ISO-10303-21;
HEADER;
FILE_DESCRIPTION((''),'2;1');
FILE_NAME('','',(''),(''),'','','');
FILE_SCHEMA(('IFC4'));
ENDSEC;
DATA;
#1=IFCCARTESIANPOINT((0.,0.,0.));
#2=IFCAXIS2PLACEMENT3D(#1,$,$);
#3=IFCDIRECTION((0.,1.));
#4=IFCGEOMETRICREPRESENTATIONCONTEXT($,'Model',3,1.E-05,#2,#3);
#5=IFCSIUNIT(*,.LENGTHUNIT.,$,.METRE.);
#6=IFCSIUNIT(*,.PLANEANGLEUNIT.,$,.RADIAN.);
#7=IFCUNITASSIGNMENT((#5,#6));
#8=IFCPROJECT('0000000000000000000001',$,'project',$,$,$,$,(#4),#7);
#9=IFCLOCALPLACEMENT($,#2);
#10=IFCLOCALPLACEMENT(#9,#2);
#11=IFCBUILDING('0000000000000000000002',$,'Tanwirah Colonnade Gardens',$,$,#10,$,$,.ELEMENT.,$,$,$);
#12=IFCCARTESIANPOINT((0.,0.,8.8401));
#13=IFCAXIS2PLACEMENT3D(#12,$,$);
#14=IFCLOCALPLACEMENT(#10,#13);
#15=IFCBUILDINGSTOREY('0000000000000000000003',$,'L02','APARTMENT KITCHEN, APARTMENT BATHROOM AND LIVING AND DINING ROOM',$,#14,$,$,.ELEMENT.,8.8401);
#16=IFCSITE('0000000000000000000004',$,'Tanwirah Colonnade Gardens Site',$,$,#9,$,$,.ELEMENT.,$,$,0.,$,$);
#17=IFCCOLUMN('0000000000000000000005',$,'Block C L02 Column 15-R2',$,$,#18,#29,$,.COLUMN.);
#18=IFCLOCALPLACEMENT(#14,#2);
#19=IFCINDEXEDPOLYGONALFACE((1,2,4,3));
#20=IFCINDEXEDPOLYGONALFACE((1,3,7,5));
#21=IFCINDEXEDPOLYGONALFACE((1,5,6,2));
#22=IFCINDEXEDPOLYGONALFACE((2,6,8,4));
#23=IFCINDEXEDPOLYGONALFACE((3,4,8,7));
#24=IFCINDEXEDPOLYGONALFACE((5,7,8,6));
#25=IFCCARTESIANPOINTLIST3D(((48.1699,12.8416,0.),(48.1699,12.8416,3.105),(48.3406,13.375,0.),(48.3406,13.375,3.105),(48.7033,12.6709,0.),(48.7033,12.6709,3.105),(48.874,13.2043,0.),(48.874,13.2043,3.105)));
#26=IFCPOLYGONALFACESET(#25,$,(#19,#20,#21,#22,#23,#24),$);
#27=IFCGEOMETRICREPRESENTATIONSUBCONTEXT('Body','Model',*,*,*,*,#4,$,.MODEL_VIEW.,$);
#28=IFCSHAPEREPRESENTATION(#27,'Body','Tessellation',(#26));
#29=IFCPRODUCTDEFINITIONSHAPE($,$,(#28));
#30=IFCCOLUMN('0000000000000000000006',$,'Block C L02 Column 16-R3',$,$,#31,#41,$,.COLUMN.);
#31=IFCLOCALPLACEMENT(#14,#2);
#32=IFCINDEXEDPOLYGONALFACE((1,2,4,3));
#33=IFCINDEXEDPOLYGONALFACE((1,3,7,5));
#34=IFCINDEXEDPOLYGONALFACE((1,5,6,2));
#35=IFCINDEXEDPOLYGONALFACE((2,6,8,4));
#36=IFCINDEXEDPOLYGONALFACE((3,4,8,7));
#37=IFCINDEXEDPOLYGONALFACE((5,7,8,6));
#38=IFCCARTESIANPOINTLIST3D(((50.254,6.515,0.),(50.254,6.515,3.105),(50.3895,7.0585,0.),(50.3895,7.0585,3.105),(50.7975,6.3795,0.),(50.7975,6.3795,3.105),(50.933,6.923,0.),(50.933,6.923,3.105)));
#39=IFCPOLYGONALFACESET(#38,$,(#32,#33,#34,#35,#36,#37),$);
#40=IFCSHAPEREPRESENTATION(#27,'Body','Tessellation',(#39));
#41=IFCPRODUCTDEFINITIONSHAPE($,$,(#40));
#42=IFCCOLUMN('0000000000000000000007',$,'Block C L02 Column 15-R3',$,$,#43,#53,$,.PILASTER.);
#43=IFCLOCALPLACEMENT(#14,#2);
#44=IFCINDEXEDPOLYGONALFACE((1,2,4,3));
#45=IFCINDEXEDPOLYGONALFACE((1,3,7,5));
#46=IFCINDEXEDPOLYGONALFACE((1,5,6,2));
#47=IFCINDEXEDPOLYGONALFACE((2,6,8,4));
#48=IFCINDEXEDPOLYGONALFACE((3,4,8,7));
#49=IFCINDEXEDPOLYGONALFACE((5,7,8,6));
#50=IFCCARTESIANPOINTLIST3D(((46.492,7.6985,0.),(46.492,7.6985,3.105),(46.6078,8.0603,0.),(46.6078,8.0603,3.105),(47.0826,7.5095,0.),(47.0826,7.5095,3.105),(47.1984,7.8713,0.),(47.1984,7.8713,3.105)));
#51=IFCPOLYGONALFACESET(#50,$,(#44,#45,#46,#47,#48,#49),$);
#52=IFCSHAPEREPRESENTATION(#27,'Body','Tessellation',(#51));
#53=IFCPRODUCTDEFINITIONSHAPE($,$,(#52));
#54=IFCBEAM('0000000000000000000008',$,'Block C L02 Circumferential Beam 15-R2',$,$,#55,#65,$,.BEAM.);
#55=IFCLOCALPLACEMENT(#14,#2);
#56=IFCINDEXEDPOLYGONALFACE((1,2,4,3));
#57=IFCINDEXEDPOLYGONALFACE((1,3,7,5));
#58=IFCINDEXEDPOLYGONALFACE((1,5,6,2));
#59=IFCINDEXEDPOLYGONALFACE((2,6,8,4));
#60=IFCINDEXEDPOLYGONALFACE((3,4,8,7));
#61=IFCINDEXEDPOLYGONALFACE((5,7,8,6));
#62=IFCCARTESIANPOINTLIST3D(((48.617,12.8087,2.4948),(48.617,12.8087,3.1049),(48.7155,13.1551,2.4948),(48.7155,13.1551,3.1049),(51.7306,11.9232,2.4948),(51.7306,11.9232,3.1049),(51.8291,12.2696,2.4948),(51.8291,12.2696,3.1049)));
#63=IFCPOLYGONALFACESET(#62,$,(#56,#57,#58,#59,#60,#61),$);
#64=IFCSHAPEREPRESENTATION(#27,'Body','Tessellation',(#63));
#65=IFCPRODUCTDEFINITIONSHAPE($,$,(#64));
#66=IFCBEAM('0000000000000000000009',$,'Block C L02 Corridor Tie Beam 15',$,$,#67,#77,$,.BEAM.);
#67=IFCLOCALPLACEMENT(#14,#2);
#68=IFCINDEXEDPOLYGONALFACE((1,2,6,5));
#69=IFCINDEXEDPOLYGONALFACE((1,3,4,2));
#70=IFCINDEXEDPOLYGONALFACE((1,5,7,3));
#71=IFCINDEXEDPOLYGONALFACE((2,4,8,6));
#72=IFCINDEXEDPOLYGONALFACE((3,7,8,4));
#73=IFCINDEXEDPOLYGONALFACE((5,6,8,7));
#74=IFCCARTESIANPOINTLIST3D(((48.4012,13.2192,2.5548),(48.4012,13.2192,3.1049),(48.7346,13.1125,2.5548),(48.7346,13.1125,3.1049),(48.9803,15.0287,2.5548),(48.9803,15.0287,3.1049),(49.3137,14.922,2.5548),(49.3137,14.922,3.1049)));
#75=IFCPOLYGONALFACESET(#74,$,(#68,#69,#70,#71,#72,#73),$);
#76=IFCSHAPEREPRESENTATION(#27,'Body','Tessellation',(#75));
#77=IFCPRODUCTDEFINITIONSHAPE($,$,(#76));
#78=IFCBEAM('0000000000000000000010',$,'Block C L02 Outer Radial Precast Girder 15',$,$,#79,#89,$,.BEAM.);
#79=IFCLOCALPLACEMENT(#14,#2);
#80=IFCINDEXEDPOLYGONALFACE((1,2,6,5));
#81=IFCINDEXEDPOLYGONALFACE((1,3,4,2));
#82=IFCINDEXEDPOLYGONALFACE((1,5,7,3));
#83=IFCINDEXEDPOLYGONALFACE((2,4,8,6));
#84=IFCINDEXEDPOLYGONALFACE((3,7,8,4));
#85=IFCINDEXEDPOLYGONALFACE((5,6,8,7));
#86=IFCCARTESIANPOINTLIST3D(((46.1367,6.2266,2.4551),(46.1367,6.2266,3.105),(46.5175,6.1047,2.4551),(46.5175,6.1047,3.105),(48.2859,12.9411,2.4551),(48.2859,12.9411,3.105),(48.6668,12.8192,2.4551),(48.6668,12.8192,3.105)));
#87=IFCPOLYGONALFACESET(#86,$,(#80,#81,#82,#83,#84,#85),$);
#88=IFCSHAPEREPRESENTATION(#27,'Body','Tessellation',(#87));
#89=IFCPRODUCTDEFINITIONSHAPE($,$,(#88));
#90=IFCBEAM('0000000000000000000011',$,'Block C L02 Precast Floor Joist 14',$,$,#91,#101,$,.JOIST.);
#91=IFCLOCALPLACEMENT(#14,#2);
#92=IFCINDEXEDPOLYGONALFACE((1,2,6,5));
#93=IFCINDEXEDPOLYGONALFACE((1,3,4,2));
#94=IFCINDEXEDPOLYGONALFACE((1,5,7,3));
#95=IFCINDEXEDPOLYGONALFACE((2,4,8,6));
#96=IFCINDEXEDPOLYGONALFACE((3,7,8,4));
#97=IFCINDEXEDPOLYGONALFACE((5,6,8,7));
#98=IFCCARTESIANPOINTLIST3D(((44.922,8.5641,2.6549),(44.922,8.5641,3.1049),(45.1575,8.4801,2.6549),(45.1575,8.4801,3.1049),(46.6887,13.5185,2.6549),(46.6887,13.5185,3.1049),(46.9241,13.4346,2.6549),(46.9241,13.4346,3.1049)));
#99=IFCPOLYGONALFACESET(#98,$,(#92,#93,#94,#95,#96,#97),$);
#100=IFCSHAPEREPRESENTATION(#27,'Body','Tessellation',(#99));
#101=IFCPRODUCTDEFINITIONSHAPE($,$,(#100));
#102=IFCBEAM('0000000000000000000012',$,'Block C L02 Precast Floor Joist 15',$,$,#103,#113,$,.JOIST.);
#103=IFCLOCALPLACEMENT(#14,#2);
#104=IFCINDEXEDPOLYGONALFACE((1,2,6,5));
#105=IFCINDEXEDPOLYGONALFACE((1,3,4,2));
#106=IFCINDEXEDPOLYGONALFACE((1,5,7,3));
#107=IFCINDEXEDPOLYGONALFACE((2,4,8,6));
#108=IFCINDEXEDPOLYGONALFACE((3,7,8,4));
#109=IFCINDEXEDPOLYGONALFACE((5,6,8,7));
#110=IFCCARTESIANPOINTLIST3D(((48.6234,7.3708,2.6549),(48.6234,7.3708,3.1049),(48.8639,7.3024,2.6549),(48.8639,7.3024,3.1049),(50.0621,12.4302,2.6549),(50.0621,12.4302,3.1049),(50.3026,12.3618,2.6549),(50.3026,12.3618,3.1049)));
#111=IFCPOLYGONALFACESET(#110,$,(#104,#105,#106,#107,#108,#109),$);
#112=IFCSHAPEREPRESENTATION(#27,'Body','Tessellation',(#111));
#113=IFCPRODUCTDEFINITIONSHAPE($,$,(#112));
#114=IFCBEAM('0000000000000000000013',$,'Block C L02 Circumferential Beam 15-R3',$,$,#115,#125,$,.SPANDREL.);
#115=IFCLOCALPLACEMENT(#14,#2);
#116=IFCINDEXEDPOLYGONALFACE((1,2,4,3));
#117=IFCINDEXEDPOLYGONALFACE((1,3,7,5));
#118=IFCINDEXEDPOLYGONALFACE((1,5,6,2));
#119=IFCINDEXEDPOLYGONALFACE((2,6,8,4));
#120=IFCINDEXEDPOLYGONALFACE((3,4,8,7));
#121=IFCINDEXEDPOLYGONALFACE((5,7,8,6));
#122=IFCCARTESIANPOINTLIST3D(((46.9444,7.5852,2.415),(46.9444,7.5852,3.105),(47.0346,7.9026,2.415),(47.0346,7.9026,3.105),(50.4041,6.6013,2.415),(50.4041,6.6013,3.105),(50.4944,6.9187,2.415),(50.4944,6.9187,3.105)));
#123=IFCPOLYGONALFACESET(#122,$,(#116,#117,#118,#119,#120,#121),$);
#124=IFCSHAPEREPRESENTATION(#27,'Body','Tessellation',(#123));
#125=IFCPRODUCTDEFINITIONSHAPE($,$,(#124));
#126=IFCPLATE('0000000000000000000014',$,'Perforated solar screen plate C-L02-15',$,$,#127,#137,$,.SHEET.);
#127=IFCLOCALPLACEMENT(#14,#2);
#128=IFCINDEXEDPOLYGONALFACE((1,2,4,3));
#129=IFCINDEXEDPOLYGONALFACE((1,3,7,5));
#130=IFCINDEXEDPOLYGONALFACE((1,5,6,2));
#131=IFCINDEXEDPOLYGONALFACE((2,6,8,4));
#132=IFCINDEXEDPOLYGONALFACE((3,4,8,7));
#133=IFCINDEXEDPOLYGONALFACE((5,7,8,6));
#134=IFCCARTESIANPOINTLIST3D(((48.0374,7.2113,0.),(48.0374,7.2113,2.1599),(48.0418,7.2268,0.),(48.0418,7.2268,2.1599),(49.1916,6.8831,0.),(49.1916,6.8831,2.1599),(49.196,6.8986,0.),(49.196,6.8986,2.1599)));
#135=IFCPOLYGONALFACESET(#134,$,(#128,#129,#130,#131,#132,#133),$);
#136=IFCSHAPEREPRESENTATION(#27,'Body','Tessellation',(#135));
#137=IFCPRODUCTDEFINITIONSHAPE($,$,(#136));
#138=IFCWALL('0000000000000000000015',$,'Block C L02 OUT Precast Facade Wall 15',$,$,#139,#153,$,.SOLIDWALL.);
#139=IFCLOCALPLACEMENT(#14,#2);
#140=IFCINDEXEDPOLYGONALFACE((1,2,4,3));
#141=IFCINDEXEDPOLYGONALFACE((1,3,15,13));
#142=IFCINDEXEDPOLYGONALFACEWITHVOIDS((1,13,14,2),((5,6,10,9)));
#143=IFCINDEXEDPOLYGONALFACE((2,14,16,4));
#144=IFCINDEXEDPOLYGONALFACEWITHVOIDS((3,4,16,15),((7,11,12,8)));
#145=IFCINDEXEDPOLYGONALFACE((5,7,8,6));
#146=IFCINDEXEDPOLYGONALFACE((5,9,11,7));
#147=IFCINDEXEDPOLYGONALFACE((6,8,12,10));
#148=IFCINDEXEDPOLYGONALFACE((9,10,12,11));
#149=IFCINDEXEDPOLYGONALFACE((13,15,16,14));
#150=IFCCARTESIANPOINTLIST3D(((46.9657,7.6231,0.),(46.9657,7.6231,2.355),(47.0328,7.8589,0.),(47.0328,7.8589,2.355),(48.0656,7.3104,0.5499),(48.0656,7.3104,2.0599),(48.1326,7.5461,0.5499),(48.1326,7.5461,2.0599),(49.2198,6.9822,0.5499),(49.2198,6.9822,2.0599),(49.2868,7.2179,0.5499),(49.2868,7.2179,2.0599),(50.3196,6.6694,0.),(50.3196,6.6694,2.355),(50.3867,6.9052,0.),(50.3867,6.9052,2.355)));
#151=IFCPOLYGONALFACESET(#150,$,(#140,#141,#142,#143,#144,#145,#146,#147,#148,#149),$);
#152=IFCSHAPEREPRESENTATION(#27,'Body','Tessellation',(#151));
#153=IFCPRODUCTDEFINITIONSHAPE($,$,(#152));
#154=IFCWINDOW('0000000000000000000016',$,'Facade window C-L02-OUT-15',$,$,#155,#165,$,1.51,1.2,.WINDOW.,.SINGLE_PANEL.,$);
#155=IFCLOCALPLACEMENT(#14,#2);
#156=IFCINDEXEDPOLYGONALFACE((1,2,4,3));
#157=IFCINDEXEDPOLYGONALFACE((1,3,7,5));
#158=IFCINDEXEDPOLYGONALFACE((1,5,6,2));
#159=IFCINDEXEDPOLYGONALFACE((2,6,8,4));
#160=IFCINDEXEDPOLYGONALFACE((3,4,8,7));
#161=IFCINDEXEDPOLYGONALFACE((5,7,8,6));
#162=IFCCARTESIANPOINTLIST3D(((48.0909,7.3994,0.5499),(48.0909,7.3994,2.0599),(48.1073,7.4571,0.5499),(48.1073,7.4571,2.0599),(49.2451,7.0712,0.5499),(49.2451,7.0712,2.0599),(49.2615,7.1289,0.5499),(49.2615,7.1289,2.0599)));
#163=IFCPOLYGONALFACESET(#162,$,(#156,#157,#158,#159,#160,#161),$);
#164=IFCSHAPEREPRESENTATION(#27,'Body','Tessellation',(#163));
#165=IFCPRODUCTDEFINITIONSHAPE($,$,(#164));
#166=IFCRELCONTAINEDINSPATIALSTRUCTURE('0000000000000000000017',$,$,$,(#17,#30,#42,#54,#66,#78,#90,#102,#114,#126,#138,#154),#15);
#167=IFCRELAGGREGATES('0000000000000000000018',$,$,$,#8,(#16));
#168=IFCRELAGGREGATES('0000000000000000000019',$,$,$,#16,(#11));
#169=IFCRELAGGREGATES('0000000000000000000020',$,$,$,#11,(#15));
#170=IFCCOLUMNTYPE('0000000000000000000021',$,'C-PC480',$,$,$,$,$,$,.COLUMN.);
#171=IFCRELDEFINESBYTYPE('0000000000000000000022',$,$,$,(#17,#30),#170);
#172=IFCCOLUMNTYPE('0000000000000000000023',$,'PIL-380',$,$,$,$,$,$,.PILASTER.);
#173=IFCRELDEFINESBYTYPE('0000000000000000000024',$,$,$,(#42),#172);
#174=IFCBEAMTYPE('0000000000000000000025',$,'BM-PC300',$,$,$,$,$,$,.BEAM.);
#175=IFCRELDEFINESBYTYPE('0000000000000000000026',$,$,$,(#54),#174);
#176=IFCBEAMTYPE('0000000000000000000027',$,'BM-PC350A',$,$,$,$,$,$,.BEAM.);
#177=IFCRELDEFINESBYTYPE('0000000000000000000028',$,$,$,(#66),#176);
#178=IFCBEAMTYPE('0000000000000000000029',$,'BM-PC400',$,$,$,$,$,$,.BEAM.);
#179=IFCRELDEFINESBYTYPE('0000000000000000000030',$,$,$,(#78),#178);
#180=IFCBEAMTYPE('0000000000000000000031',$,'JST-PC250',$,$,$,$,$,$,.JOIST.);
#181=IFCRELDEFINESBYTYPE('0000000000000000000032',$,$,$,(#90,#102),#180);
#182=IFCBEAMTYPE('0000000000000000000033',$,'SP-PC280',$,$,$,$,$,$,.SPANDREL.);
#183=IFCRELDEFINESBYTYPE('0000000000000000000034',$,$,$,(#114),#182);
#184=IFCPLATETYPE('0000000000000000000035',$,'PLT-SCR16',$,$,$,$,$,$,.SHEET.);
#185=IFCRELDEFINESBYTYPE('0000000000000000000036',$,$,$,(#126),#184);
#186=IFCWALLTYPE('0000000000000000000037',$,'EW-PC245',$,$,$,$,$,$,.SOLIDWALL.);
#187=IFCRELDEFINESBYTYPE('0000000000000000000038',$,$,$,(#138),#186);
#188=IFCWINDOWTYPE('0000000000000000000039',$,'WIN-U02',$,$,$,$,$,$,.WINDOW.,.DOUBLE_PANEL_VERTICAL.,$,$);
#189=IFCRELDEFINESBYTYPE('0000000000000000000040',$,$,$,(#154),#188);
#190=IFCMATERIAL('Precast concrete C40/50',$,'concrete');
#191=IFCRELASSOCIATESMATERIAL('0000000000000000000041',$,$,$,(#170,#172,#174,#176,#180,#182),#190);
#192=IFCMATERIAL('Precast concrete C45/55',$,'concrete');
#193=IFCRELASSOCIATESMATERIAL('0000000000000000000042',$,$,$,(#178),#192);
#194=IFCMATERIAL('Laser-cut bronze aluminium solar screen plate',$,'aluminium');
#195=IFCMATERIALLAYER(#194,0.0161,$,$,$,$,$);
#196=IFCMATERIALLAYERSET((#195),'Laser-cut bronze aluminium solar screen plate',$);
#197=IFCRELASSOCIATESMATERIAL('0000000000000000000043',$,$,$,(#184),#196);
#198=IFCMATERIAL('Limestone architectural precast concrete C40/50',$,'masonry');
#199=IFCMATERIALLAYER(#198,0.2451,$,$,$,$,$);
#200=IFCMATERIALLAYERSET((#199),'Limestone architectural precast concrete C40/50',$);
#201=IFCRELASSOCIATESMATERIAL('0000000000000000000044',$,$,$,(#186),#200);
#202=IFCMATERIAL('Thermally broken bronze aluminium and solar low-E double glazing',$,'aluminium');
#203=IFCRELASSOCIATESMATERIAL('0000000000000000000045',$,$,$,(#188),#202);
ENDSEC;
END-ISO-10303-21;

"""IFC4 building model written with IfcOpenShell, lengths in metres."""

from ifc_helpers import new_model, si_unit, direction, frame, frame_2d, origin, origin_2d, place, context, subcontext, project, spatial, rectangle, extrude, material, layer, layer_set, material_profile, profile_set, type_object, element, fill, save


model = new_model("IFC4")

# Units and contexts
model_context = context("Model", 3, precision=1e-05, world=origin(), true_north=direction((0.0, 1.0)))
body_context = subcontext(model_context, "Body", "Model", "MODEL_VIEW")
ifc_project = project(units=[si_unit("LENGTHUNIT", "METRE"), si_unit("PLANEANGLEUNIT", "RADIAN")], contexts=[model_context])

# Site, building, storey
site_placement = place(None, origin())
site = spatial("IfcSite", under=ifc_project, at=site_placement, Name="Tanwirah Colonnade Gardens Site", CompositionType="ELEMENT", RefElevation=0.0)
building_placement = place(site_placement, origin())
building = spatial("IfcBuilding", under=site, at=building_placement, Name="Tanwirah Colonnade Gardens", CompositionType="ELEMENT")
storey_placement = place(building_placement, frame((0.0, 0.0, 8.8401)))
storey = spatial("IfcBuildingStorey", under=building, at=storey_placement, Name="L02", Description="APARTMENT KITCHEN, APARTMENT BATHROOM AND LIVING AND DINING ROOM", CompositionType="ELEMENT", Elevation=8.8401)

# Columns
ifc_material_1 = material(Name="Precast concrete C40/50", Category="concrete")
ifc_material_profile_1 = material_profile(ifc_material_1, rectangle(XDim=0.5601, YDim=0.5601, at=origin_2d()), Name="PC-COL 560x560")
ifc_profile_set_1 = profile_set([ifc_material_profile_1], Name="Precast concrete C40/50")
column_type_1 = type_object("IfcColumnType", Name="C-PC480", PredefinedType="COLUMN", material=ifc_profile_set_1)
for number, where, z_axis, x_axis, name in (
    (1, (48.522, 13.0229, 0.0), (0.0, 0.0, 1.0), (-0.304864, -0.952396, 0.0), "Block C L02 Column 15-R2"),
    (2, (50.5935, 6.719, 0.0), (0.0, 0.0, 1.0), (-0.241922, -0.970296, 0.0), "Block C L02 Column 16-R3"),
):
    element("IfcColumn", number, at=place(storey_placement, frame(where, z_axis=z_axis, x_axis=x_axis)), inside=storey, type_object=column_type_1, Name=name, PredefinedType="COLUMN", context=body_context, shape_type="SweptSolid", body=[
        extrude(rectangle(XDim=0.5601, YDim=0.5601, at=origin_2d()), origin(), (0.0, 0.0, 1.0), 3.105),
    ])
ifc_material_profile_2 = material_profile(ifc_material_1, rectangle(XDim=0.3799, YDim=0.6201, at=origin_2d()), Name="PC-PIL 380x620")
ifc_profile_set_2 = profile_set([ifc_material_profile_2], Name="Precast concrete C40/50")
column_type_2 = type_object("IfcColumnType", Name="PIL-380", PredefinedType="PILASTER", material=ifc_profile_set_2)
column_placement = place(storey_placement, frame((46.8452, 7.7849, 0.0), z_axis=(0.0, 0.0, 1.0), x_axis=(-0.304864, -0.952396, 0.0)))
element("IfcColumn", 3, at=column_placement, inside=storey, type_object=column_type_2, Name="Block C L02 Column 15-R3", PredefinedType="PILASTER", context=body_context, shape_type="SweptSolid", body=[
    extrude(rectangle(XDim=0.3799, YDim=0.6201, at=origin_2d()), origin(), (0.0, 0.0, 1.0), 3.105),
])

# Beams
ifc_material_profile_3 = material_profile(ifc_material_1, rectangle(XDim=0.3601, YDim=0.6101, at=origin_2d()), Name="PC-BM 360x610")
ifc_profile_set_3 = profile_set([ifc_material_profile_3], Name="Precast concrete C40/50")
beam_type_1 = type_object("IfcBeamType", Name="BM-PC300", PredefinedType="BEAM", material=ifc_profile_set_3)
beam_1_placement = place(storey_placement, frame((48.6663, 12.9819, 2.7998), z_axis=(0.961856, -0.273555, 0.0), x_axis=(0.273555, 0.961856, 0.0)))
element("IfcBeam", 4, at=beam_1_placement, inside=storey, type_object=beam_type_1, Name="Block C L02 Circumferential Beam 15-R2", PredefinedType="BEAM", context=body_context, shape_type="SweptSolid", body=[
    extrude(rectangle(XDim=0.3601, YDim=0.6101, at=origin_2d()), origin(), (0.0, 0.0, 1.0), 3.2371),
])
ifc_material_profile_4 = material_profile(ifc_material_1, rectangle(XDim=0.3501, YDim=0.55, at=origin_2d()), Name="PC-BM 350x550")
ifc_profile_set_4 = profile_set([ifc_material_profile_4], Name="Precast concrete C40/50")
beam_type_2 = type_object("IfcBeamType", Name="BM-PC350A", PredefinedType="BEAM", material=ifc_profile_set_4)
beam_2_placement = place(storey_placement, frame((49.147, 14.9753, 2.8298), z_axis=(-0.304794, -0.952418, 0.0), x_axis=(0.952418, -0.304794, 0.0)))
element("IfcBeam", 5, at=beam_2_placement, inside=storey, type_object=beam_type_2, Name="Block C L02 Corridor Tie Beam 15", PredefinedType="BEAM", context=body_context, shape_type="SweptSolid", body=[
    extrude(rectangle(XDim=0.3501, YDim=0.55, at=origin_2d()), origin(), (0.0, 0.0, 1.0), 1.8999),
])
ifc_material_2 = material(Name="Precast concrete C45/55", Category="concrete")
ifc_material_profile_5 = material_profile(ifc_material_2, rectangle(XDim=0.3999, YDim=0.6499, at=origin_2d()), Name="PC-BM 400x650")
ifc_profile_set_5 = profile_set([ifc_material_profile_5], Name="Precast concrete C45/55")
beam_type_3 = type_object("IfcBeamType", Name="BM-PC400", PredefinedType="BEAM", material=ifc_profile_set_5)
beam_3_placement = place(storey_placement, frame((48.4763, 12.8801, 2.78), z_axis=(-0.30485, -0.9524, 0.0), x_axis=(0.9524, -0.30485, 0.0)))
element("IfcBeam", 6, at=beam_3_placement, inside=storey, type_object=beam_type_3, Name="Block C L02 Outer Radial Precast Girder 15", PredefinedType="BEAM", context=body_context, shape_type="SweptSolid", body=[
    extrude(rectangle(XDim=0.3999, YDim=0.6499, at=origin_2d()), origin(), (0.0, 0.0, 1.0), 7.05),
])
ifc_material_profile_6 = material_profile(ifc_material_1, rectangle(XDim=0.25, YDim=0.45, at=origin_2d()), Name="PC-JST 250x450")
ifc_profile_set_6 = profile_set([ifc_material_profile_6], Name="Precast concrete C40/50")
beam_type_4 = type_object("IfcBeamType", Name="JST-PC250", PredefinedType="JOIST", material=ifc_profile_set_6)
for number, where, z_axis, x_axis, name in (
    (7, (46.8064, 13.4766, 2.8799), (-0.335863, -0.941911, 0.0), (0.941911, -0.335863, 0.0), "Block C L02 Precast Floor Joist 14"),
    (8, (50.1824, 12.396, 2.8799), (-0.273526, -0.961865, 0.0), (0.961865, -0.273526, 0.0), "Block C L02 Precast Floor Joist 15"),
):
    element("IfcBeam", number, at=place(storey_placement, frame(where, z_axis=z_axis, x_axis=x_axis)), inside=storey, type_object=beam_type_4, Name=name, PredefinedType="JOIST", context=body_context, shape_type="SweptSolid", body=[
        extrude(rectangle(XDim=0.25, YDim=0.45, at=origin_2d()), origin(), (0.0, 0.0, 1.0), 5.26),
    ])
ifc_material_profile_7 = material_profile(ifc_material_1, rectangle(XDim=0.3301, YDim=0.6899, at=origin_2d()), Name="PC-SP 330x690")
ifc_profile_set_7 = profile_set([ifc_material_profile_7], Name="Precast concrete C40/50")
beam_type_5 = type_object("IfcBeamType", Name="SP-PC280", PredefinedType="SPANDREL", material=ifc_profile_set_7)
beam_4_placement = place(storey_placement, frame((46.9895, 7.7439, 2.76), z_axis=(0.961861, -0.273538, 0.0), x_axis=(0.273538, 0.961861, 0.0)))
element("IfcBeam", 9, at=beam_4_placement, inside=storey, type_object=beam_type_5, Name="Block C L02 Circumferential Beam 15-R3", PredefinedType="SPANDREL", context=body_context, shape_type="SweptSolid", body=[
    extrude(rectangle(XDim=0.3301, YDim=0.6899, at=origin_2d()), origin(), (0.0, 0.0, 1.0), 3.5969),
])

# Plate
ifc_material_3 = material(Name="Laser-cut bronze aluminium solar screen plate", Category="aluminium")
ifc_layer_1 = layer(ifc_material_3, 0.0161)
ifc_layer_set_1 = layer_set([ifc_layer_1], Name="Laser-cut bronze aluminium solar screen plate")
plate_type = type_object("IfcPlateType", Name="PLT-SCR16", PredefinedType="SHEET", material=ifc_layer_set_1)
plate_placement = place(storey_placement, frame((48.6167, 7.0549, 0.0), z_axis=(0.0, 0.0, 1.0), x_axis=(0.961861, -0.273539, 0.0)))
element("IfcPlate", 10, at=plate_placement, inside=storey, type_object=plate_type, Name="Perforated solar screen plate C-L02-15", PredefinedType="SHEET", context=body_context, shape_type="SweptSolid", body=[
    extrude(rectangle(XDim=1.2, YDim=0.0161, at=origin_2d()), origin(), (0.0, 0.0, 1.0), 2.1599),
])

# Wall, opening, window
ifc_material_4 = material(Name="Limestone architectural precast concrete C40/50", Category="masonry")
ifc_layer_2 = layer(ifc_material_4, 0.2451)
ifc_layer_set_2 = layer_set([ifc_layer_2], Name="Limestone architectural precast concrete C40/50")
wall_type_1 = type_object("IfcWallType", Name="EW-PC245", PredefinedType="SOLIDWALL", material=ifc_layer_set_2)
wall_1_placement = place(storey_placement, frame((46.9993, 7.741, 0.0), z_axis=(0.0, 0.0, 1.0), x_axis=(0.961872, -0.2735, 0.0)))
wall_1 = element("IfcWall", 11, at=wall_1_placement, inside=storey, type_object=wall_type_1, Name="Block C L02 OUT Precast Facade Wall 15", PredefinedType="SOLIDWALL", context=body_context, shape_type="SweptSolid", body=[
    extrude(rectangle(XDim=3.4868, YDim=0.2451, at=frame_2d((1.7434, 0.0))), origin(), (0.0, 0.0, 1.0), 2.355),
])
opening_1_placement = place(wall_1_placement, frame((1.1433, 0.0, 0.55)))
opening_1 = element("IfcOpeningElement", 12, at=opening_1_placement, cuts=wall_1, PredefinedType="OPENING", context=body_context, shape_type="SweptSolid", body=[
    extrude(rectangle(XDim=1.2, YDim=1.51, at=frame_2d((0.6001, 0.7549))), frame((0.0, 0.1326, 0.0), z_axis=(0.0, -1.0, 0.0), x_axis=(1.0, 0.0, 0.0)), (0.0, 0.0, 1.0), 0.2651),
])
ifc_material_5 = material(Name="Thermally broken bronze aluminium and solar low-E double glazing", Category="aluminium")
window_type = type_object("IfcWindowType", Name="WIN-U02", PartitioningType="DOUBLE_PANEL_VERTICAL", PredefinedType="WINDOW", material=ifc_material_5)
window_placement = place(opening_1_placement, origin())
window = element("IfcWindow", 13, at=window_placement, inside=storey, type_object=window_type, Name="Facade window C-L02-OUT-15", OverallHeight=1.51, OverallWidth=1.2, PartitioningType="SINGLE_PANEL", PredefinedType="WINDOW", context=body_context, shape_type="SweptSolid", body=[
    extrude(rectangle(XDim=1.2, YDim=1.51, at=frame_2d((0.6001, 0.7549))), frame((0.0, 0.03, 0.0), z_axis=(0.0, -1.0, 0.0), x_axis=(1.0, 0.0, 0.0)), (0.0, 0.0, 1.0), 0.0601),
])
fill(opening_1, window)

save(model, "model.ifc")
